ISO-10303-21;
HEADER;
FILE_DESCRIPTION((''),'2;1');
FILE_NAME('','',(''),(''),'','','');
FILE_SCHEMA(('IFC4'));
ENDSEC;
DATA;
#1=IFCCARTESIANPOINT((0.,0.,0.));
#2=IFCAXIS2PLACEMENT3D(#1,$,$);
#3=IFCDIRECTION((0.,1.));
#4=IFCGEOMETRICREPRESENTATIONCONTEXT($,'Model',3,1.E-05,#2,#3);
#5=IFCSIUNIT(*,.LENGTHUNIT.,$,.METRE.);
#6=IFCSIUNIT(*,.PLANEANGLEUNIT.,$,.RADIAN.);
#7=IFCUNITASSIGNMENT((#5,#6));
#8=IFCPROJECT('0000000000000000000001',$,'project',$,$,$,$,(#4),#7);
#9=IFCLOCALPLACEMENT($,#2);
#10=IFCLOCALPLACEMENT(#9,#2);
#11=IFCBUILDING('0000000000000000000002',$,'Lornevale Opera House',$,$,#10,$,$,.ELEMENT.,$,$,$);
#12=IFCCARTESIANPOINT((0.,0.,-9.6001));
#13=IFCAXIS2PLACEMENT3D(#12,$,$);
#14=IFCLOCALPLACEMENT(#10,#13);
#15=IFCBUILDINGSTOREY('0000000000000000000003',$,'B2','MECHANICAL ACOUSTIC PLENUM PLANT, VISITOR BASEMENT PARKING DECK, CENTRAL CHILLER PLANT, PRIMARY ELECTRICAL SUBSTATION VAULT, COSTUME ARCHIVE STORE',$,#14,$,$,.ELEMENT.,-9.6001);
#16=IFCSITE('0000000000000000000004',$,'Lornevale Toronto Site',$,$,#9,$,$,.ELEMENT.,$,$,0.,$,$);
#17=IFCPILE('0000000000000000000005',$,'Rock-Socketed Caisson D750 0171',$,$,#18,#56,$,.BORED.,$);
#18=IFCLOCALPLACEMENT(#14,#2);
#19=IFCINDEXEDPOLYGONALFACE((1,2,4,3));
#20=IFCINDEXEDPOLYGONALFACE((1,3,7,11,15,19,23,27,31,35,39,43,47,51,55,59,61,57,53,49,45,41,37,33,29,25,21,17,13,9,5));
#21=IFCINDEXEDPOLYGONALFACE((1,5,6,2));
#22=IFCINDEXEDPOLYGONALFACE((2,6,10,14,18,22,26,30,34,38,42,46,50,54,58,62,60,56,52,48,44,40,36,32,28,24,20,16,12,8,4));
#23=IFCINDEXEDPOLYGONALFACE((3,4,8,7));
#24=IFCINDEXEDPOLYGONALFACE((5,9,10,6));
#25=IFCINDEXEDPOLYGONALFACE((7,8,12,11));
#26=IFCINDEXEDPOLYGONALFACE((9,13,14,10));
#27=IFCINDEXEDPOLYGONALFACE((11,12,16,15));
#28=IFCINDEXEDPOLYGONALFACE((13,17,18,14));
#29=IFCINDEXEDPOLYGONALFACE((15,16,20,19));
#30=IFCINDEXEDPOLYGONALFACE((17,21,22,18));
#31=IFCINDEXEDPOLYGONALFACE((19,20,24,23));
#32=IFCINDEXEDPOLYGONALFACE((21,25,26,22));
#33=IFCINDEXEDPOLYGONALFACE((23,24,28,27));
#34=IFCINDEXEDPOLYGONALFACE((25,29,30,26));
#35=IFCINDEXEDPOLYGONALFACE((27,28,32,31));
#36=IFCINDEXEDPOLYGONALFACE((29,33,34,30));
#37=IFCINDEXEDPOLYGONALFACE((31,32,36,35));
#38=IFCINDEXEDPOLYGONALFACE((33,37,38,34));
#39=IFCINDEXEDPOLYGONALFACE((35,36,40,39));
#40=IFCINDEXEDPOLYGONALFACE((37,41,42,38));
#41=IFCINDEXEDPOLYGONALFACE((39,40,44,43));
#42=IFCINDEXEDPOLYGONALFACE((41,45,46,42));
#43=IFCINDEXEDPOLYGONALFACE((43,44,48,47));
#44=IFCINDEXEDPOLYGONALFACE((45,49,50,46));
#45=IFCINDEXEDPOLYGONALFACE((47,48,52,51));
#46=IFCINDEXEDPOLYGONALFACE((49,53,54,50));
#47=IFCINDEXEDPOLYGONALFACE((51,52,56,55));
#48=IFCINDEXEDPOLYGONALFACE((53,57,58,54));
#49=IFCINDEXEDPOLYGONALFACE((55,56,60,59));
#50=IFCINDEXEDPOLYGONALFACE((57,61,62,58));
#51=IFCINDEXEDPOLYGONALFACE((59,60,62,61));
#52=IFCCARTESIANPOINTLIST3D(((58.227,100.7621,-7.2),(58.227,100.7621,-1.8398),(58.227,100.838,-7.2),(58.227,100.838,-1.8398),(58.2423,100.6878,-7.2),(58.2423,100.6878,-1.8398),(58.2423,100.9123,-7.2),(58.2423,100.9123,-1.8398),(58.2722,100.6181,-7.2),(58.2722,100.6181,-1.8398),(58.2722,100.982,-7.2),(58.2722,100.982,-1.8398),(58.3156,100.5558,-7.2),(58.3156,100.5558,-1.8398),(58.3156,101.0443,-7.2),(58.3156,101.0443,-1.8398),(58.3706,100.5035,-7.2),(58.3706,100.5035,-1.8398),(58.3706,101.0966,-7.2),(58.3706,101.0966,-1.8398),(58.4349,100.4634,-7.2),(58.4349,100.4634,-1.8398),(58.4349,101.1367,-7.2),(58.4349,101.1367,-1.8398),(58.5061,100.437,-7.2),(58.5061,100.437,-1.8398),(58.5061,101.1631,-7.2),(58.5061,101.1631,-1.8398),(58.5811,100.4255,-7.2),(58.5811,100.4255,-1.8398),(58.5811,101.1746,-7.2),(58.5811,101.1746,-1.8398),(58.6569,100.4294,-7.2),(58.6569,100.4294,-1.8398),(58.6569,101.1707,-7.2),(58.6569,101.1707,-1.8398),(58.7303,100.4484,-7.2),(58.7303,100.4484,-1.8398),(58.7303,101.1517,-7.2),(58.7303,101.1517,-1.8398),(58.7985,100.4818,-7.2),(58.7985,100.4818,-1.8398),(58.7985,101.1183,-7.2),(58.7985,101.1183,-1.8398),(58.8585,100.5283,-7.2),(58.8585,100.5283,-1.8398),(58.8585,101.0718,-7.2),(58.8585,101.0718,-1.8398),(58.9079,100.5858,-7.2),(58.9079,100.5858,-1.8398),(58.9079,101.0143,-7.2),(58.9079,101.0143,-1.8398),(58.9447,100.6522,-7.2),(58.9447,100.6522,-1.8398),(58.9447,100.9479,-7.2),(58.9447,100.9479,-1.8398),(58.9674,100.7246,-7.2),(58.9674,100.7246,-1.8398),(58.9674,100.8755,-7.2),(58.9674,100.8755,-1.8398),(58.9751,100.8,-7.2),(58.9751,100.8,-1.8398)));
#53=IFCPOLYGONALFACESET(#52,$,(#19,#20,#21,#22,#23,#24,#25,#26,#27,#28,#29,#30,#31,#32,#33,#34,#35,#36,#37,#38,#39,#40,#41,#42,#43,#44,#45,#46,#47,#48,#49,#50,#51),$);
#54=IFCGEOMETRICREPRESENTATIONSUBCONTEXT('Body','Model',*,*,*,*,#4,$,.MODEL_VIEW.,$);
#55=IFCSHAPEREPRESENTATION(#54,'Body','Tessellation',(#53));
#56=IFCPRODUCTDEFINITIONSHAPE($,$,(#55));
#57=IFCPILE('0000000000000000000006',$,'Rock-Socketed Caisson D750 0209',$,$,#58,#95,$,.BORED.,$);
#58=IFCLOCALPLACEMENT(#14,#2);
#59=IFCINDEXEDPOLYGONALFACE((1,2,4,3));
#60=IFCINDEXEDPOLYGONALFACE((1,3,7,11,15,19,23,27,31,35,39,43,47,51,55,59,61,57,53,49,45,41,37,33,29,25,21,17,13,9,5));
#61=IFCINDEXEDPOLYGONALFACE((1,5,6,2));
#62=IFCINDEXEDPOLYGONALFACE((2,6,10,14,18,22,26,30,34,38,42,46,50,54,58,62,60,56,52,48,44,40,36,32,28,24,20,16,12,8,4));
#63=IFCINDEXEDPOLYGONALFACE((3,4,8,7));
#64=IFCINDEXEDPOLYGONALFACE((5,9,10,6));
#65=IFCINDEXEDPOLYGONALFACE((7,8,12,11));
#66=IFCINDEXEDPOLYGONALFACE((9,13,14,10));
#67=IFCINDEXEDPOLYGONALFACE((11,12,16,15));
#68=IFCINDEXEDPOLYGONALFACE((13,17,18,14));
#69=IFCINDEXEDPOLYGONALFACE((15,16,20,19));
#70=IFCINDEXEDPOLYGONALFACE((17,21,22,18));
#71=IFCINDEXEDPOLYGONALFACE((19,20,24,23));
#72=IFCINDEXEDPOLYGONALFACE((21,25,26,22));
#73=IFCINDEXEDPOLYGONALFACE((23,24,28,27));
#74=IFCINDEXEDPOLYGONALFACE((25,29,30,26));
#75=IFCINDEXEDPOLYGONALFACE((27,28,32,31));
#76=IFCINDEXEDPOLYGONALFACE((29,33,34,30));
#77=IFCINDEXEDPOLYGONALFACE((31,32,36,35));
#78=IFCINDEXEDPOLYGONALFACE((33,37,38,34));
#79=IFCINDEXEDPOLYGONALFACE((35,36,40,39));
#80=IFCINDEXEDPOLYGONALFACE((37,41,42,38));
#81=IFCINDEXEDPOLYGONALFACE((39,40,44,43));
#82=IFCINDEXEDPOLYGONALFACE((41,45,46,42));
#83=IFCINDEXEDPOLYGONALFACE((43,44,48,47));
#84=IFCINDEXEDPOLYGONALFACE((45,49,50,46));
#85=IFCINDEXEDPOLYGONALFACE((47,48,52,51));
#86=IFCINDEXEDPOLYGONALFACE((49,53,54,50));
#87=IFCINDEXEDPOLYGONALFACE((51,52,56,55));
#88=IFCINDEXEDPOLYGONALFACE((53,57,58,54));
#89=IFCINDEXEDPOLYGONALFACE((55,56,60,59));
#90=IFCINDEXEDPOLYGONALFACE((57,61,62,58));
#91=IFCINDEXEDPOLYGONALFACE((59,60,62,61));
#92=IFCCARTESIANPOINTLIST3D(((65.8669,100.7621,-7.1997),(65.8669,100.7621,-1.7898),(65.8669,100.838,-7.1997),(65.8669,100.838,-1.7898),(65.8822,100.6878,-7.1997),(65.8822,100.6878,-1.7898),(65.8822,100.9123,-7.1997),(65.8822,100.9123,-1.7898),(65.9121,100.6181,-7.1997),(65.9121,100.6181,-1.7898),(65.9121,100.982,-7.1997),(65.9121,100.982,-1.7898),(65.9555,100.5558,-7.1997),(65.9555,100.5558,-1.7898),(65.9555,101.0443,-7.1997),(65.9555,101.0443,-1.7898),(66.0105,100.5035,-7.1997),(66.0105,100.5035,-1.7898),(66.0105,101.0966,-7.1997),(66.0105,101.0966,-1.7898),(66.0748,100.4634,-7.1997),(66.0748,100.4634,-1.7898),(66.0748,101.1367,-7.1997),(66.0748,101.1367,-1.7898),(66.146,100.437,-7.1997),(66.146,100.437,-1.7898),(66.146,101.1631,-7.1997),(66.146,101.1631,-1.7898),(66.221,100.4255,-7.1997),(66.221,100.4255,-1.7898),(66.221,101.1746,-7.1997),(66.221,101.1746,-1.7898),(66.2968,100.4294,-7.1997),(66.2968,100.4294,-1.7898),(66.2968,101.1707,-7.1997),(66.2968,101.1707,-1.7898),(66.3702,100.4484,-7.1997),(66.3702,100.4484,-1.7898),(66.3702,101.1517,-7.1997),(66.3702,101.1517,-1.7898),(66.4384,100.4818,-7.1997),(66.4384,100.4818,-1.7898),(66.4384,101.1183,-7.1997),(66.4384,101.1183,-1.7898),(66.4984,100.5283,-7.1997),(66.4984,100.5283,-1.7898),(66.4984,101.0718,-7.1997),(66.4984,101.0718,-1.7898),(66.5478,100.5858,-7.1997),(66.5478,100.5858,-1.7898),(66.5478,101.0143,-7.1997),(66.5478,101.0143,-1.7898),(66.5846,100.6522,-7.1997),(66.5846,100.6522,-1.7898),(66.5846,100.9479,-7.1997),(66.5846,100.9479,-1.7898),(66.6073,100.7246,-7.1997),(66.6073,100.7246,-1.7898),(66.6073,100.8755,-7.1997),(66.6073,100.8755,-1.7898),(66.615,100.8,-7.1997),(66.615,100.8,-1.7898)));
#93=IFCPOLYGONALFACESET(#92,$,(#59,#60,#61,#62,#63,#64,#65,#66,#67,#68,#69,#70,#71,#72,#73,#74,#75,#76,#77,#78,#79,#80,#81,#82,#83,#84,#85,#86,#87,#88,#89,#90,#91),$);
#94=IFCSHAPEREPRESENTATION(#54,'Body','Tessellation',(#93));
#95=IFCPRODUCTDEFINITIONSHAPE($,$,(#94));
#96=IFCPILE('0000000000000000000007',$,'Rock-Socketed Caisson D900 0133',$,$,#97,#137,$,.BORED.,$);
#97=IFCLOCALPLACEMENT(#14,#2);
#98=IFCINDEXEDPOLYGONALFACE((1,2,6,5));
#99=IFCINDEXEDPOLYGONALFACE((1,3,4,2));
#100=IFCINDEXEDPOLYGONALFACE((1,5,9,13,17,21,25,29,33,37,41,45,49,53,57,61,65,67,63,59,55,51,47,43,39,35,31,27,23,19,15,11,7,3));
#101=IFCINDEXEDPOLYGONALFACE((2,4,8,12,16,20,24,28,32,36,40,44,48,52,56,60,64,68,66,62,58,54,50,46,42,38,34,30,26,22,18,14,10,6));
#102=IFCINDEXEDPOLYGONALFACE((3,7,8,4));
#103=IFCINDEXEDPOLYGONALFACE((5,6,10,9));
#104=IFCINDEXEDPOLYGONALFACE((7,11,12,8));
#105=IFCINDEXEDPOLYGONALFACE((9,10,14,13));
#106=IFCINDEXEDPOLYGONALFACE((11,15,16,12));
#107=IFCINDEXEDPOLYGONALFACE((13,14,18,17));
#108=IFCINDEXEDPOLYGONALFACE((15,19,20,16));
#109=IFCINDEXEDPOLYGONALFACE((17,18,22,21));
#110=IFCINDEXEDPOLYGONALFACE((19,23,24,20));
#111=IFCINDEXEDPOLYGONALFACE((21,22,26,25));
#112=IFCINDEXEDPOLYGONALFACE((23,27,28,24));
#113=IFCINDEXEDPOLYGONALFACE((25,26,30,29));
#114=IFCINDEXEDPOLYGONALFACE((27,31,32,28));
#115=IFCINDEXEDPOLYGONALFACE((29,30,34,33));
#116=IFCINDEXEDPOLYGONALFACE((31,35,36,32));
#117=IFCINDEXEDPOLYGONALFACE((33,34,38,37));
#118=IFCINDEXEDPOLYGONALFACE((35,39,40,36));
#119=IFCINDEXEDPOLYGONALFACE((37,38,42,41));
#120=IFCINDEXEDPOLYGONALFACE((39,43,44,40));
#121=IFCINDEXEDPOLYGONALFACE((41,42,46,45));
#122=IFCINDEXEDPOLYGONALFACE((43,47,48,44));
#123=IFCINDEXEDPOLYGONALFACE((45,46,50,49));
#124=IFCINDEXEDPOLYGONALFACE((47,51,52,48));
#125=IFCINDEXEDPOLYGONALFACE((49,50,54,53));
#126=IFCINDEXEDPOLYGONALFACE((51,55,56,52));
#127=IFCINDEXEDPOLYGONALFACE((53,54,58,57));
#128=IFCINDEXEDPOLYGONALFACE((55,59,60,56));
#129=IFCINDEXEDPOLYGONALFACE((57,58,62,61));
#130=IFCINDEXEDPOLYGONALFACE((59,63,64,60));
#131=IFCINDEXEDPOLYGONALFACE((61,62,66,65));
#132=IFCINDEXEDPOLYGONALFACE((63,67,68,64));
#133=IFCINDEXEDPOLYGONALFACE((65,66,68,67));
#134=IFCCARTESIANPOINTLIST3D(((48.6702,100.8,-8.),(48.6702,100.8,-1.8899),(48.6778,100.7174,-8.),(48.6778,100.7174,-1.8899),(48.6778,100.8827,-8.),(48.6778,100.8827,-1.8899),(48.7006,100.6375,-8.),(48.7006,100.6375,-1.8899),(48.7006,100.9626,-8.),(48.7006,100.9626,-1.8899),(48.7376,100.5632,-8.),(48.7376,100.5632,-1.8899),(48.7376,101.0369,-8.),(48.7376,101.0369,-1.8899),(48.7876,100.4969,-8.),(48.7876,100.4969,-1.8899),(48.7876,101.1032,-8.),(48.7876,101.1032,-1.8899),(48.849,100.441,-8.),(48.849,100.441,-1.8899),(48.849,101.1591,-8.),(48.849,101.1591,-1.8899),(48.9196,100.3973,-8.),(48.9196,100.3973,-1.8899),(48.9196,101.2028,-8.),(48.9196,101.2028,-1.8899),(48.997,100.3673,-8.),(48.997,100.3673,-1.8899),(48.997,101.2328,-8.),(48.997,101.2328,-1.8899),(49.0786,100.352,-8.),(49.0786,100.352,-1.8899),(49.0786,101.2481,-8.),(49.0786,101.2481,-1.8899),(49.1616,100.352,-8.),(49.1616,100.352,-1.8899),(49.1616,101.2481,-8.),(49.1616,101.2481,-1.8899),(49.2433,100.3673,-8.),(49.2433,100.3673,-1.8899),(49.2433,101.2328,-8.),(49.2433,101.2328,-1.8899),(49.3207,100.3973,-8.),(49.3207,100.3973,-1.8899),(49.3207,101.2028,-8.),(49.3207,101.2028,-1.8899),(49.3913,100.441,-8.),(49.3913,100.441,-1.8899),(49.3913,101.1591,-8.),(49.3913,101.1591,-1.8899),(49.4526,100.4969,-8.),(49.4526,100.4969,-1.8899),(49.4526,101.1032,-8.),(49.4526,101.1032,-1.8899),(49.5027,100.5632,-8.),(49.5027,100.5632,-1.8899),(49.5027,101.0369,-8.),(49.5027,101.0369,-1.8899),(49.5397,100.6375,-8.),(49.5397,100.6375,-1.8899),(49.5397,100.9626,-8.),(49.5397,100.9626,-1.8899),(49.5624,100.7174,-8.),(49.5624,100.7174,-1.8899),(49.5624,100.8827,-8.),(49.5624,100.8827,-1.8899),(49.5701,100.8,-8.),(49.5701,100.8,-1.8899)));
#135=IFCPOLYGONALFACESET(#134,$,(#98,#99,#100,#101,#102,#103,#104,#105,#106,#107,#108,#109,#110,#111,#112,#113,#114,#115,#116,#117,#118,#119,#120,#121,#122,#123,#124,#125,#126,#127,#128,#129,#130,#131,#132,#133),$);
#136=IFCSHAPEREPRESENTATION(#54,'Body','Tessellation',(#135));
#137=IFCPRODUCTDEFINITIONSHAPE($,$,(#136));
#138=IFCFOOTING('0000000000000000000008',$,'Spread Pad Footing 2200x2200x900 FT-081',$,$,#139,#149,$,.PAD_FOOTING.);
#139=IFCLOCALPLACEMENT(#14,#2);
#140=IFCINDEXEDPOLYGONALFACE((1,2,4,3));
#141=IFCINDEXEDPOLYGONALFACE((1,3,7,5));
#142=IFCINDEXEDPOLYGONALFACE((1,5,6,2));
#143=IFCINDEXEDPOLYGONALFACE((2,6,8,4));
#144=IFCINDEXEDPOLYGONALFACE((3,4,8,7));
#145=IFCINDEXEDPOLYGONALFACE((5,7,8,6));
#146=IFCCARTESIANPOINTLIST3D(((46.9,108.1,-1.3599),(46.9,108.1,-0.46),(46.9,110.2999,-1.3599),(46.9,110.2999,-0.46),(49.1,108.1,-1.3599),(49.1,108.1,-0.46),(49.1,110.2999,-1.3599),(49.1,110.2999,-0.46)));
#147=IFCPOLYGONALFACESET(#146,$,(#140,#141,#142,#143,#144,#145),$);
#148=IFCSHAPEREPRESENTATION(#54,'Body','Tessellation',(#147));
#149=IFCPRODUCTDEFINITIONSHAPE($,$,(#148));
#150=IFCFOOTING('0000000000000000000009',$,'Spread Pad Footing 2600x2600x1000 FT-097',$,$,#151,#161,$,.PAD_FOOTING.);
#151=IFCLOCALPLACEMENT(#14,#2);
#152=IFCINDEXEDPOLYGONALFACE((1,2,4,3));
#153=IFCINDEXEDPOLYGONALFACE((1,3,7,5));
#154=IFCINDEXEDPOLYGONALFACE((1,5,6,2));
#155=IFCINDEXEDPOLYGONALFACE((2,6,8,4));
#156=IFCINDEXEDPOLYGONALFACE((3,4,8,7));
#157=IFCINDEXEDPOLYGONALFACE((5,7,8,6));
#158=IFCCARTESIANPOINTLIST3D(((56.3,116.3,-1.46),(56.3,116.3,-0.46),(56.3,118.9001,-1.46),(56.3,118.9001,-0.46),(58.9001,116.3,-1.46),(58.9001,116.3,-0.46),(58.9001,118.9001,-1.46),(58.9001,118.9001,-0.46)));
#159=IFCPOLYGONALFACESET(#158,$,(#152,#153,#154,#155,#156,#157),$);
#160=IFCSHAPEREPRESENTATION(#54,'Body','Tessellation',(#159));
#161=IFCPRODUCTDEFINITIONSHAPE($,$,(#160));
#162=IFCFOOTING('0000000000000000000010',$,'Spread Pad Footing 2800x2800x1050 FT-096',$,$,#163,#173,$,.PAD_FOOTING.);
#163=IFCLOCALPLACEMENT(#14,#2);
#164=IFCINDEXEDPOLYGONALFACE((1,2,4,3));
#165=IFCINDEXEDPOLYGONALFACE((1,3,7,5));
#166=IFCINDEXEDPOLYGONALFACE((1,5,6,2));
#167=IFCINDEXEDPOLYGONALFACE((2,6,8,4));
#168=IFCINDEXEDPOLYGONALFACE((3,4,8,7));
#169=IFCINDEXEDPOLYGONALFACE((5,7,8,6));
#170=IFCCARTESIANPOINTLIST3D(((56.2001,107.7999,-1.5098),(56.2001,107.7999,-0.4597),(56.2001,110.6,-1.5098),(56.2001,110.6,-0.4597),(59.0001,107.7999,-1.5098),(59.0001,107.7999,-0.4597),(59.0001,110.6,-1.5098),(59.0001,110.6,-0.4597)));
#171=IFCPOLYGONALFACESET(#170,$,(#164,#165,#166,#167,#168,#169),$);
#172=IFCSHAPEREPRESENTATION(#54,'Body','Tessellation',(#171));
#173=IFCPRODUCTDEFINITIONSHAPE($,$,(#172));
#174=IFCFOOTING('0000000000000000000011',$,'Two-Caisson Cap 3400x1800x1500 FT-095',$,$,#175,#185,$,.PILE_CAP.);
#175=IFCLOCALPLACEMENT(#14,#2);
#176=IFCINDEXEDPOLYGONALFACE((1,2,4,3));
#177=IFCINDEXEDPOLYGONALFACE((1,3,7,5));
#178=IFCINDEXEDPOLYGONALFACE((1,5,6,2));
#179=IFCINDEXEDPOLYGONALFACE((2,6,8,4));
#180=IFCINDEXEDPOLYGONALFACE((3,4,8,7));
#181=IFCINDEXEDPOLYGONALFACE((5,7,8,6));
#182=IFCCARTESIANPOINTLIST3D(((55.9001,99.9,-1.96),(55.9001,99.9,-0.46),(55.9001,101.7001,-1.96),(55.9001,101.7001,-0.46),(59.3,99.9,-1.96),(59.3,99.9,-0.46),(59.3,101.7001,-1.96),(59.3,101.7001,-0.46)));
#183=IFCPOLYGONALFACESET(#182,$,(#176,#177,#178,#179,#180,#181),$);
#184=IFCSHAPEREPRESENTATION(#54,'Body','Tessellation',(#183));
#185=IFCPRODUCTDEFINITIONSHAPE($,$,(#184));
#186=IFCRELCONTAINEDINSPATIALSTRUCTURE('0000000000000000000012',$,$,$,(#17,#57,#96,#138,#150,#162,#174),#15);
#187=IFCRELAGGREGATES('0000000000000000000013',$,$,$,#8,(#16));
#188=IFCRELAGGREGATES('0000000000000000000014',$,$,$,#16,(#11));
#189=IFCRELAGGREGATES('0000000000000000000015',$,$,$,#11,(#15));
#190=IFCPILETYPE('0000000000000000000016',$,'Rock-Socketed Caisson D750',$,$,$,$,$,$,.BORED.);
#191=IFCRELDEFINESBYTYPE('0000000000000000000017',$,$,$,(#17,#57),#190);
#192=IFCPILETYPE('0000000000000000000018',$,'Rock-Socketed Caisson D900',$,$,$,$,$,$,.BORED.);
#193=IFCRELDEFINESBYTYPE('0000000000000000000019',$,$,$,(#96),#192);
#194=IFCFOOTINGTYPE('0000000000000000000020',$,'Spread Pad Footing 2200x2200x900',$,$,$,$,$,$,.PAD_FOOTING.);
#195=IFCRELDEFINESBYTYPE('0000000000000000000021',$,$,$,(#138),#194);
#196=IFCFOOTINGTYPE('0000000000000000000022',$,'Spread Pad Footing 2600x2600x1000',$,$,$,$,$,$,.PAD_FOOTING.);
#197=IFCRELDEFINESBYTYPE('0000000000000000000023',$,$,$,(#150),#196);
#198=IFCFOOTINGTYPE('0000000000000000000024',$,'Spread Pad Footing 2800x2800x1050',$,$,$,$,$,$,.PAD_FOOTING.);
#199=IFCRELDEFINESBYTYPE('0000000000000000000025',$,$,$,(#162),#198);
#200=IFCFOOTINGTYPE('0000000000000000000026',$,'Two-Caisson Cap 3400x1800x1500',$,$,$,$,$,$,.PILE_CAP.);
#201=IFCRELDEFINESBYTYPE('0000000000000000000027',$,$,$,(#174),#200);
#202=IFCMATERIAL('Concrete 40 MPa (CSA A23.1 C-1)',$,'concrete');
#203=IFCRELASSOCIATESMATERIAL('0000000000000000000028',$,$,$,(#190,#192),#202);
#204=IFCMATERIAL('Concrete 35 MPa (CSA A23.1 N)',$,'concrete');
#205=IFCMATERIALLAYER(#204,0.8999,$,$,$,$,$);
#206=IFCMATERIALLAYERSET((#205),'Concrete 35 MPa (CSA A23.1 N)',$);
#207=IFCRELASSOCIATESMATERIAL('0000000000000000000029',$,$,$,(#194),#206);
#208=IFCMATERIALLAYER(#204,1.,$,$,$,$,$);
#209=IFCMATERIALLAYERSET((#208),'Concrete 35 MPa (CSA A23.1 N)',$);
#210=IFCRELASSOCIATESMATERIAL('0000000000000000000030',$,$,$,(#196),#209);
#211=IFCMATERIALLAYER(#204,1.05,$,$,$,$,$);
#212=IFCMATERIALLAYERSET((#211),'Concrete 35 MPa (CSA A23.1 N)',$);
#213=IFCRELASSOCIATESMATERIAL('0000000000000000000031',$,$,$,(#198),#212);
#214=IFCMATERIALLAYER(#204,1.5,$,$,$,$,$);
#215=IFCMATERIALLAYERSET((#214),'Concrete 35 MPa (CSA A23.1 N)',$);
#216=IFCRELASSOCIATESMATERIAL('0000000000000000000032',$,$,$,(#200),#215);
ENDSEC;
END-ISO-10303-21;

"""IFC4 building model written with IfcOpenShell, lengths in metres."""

from ifc_helpers import new_model, si_unit, direction, frame, origin, origin_2d, place, context, subcontext, project, spatial, rectangle, circle, extrude, material, layer, layer_set, material_profile, profile_set, type_object, element, save


model = new_model("IFC4")

# Units and contexts
model_context = context("Model", 3, precision=1e-05, world=origin(), true_north=direction((0.0, 1.0)))
body_context = subcontext(model_context, "Body", "Model", "MODEL_VIEW")
ifc_project = project(units=[si_unit("LENGTHUNIT", "METRE"), si_unit("PLANEANGLEUNIT", "RADIAN")], contexts=[model_context])

# Site, building, storey
site_placement = place(None, origin())
site = spatial("IfcSite", under=ifc_project, at=site_placement, Name="Lornevale Toronto Site", CompositionType="ELEMENT", RefElevation=0.0)
building_placement = place(site_placement, origin())
building = spatial("IfcBuilding", under=site, at=building_placement, Name="Lornevale Opera House", CompositionType="ELEMENT")
storey_placement = place(building_placement, frame((0.0, 0.0, -9.6001)))
storey = spatial("IfcBuildingStorey", under=building, at=storey_placement, Name="B2", Description="MECHANICAL ACOUSTIC PLENUM PLANT, VISITOR BASEMENT PARKING DECK, CENTRAL CHILLER PLANT, PRIMARY ELECTRICAL SUBSTATION VAULT, COSTUME ARCHIVE STORE", CompositionType="ELEMENT", Elevation=-9.6001)

# Shared definitions
ifc_material_1 = material(Name="Concrete 35 MPa (CSA A23.1 N)", Category="concrete")

# Shared definitions
ifc_material_2 = material(Name="Concrete 40 MPa (CSA A23.1 C-1)", Category="concrete")

# Piles
ifc_material_profile_1 = material_profile(ifc_material_2, circle(Radius=0.375, at=origin_2d()), Name="CAIS750")
ifc_profile_set_1 = profile_set([ifc_material_profile_1], Name="Concrete 40 MPa (CSA A23.1 C-1)")
pile_type_1 = type_object("IfcPileType", Name="Rock-Socketed Caisson D750", PredefinedType="BORED", material=ifc_profile_set_1)
for number, where, z_axis, x_axis, name in (
    (1, (58.6001, 100.8, -1.8398), (0.0, 0.0, -1.0), (1.0, 0.0, 0.0), "Rock-Socketed Caisson D750 0171"),
):
    element("IfcPile", number, at=place(storey_placement, frame(where, z_axis=z_axis, x_axis=x_axis)), inside=storey, type_object=pile_type_1, Name=name, PredefinedType="BORED", context=body_context, shape_type="SweptSolid", body=[
        extrude(circle(Radius=0.375, at=origin_2d()), origin(), (0.0, 0.0, 1.0), 5.3601),
    ])
pile_1_placement = place(storey_placement, frame((66.24, 100.8, -1.7898), z_axis=(0.0, 0.0, -1.0), x_axis=(1.0, 0.0, 0.0)))
element("IfcPile", 2, at=pile_1_placement, inside=storey, type_object=pile_type_1, Name="Rock-Socketed Caisson D750 0209", PredefinedType="BORED", context=body_context, shape_type="SweptSolid", body=[
    extrude(circle(Radius=0.375, at=origin_2d()), origin(), (0.0, 0.0, 1.0), 5.4099),
])
ifc_material_profile_2 = material_profile(ifc_material_2, circle(Radius=0.45, at=origin_2d()), Name="CAIS900")
ifc_profile_set_2 = profile_set([ifc_material_profile_2], Name="Concrete 40 MPa (CSA A23.1 C-1)")
pile_type_2 = type_object("IfcPileType", Name="Rock-Socketed Caisson D900", PredefinedType="BORED", material=ifc_profile_set_2)
pile_2_placement = place(storey_placement, frame((49.1201, 100.8, -1.8899), z_axis=(0.0, 0.0, -1.0), x_axis=(1.0, 0.0, 0.0)))
element("IfcPile", 3, at=pile_2_placement, inside=storey, type_object=pile_type_2, Name="Rock-Socketed Caisson D900 0133", PredefinedType="BORED", context=body_context, shape_type="SweptSolid", body=[
    extrude(circle(Radius=0.45, at=origin_2d()), origin(), (0.0, 0.0, 1.0), 6.1101),
])

# Footings
ifc_layer_1 = layer(ifc_material_1, 0.8999)
ifc_layer_set_1 = layer_set([ifc_layer_1], Name="Concrete 35 MPa (CSA A23.1 N)")
footing_type_1 = type_object("IfcFootingType", Name="Spread Pad Footing 2200x2200x900", PredefinedType="PAD_FOOTING", material=ifc_layer_set_1)
footing_1_placement = place(storey_placement, frame((48.0, 109.2, -1.3599), z_axis=(0.0, 0.0, 1.0), x_axis=(1.0, 0.0, 0.0)))
element("IfcFooting", 4, at=footing_1_placement, inside=storey, type_object=footing_type_1, Name="Spread Pad Footing 2200x2200x900 FT-081", PredefinedType="PAD_FOOTING", context=body_context, shape_type="SweptSolid", body=[
    extrude(rectangle(XDim=2.2, YDim=2.2, at=origin_2d()), origin(), (0.0, 0.0, 1.0), 0.8999),
])
ifc_layer_2 = layer(ifc_material_1, 1.0)
ifc_layer_set_2 = layer_set([ifc_layer_2], Name="Concrete 35 MPa (CSA A23.1 N)")
footing_type_2 = type_object("IfcFootingType", Name="Spread Pad Footing 2600x2600x1000", PredefinedType="PAD_FOOTING", material=ifc_layer_set_2)
footing_2_placement = place(storey_placement, frame((57.6001, 117.6001, -1.46), z_axis=(0.0, 0.0, 1.0), x_axis=(1.0, 0.0, 0.0)))
element("IfcFooting", 5, at=footing_2_placement, inside=storey, type_object=footing_type_2, Name="Spread Pad Footing 2600x2600x1000 FT-097", PredefinedType="PAD_FOOTING", context=body_context, shape_type="SweptSolid", body=[
    extrude(rectangle(XDim=2.6001, YDim=2.6001, at=origin_2d()), origin(), (0.0, 0.0, 1.0), 1.0),
])
ifc_layer_3 = layer(ifc_material_1, 1.05)
ifc_layer_set_3 = layer_set([ifc_layer_3], Name="Concrete 35 MPa (CSA A23.1 N)")
footing_type_3 = type_object("IfcFootingType", Name="Spread Pad Footing 2800x2800x1050", PredefinedType="PAD_FOOTING", material=ifc_layer_set_3)
footing_3_placement = place(storey_placement, frame((57.6001, 109.2, -1.5098), z_axis=(0.0, 0.0, 1.0), x_axis=(1.0, 0.0, 0.0)))
element("IfcFooting", 6, at=footing_3_placement, inside=storey, type_object=footing_type_3, Name="Spread Pad Footing 2800x2800x1050 FT-096", PredefinedType="PAD_FOOTING", context=body_context, shape_type="SweptSolid", body=[
    extrude(rectangle(XDim=2.8, YDim=2.8, at=origin_2d()), origin(), (0.0, 0.0, 1.0), 1.05),
])
ifc_layer_4 = layer(ifc_material_1, 1.5)
ifc_layer_set_4 = layer_set([ifc_layer_4], Name="Concrete 35 MPa (CSA A23.1 N)")
footing_type_4 = type_object("IfcFootingType", Name="Two-Caisson Cap 3400x1800x1500", PredefinedType="PILE_CAP", material=ifc_layer_set_4)
footing_4_placement = place(storey_placement, frame((57.6001, 100.8, -1.96), z_axis=(0.0, 0.0, 1.0), x_axis=(1.0, 0.0, 0.0)))
element("IfcFooting", 7, at=footing_4_placement, inside=storey, type_object=footing_type_4, Name="Two-Caisson Cap 3400x1800x1500 FT-095", PredefinedType="PILE_CAP", context=body_context, shape_type="SweptSolid", body=[
    extrude(rectangle(XDim=3.3999, YDim=1.8, at=origin_2d()), origin(), (0.0, 0.0, 1.0), 1.5),
])

save(model, "model.ifc")
